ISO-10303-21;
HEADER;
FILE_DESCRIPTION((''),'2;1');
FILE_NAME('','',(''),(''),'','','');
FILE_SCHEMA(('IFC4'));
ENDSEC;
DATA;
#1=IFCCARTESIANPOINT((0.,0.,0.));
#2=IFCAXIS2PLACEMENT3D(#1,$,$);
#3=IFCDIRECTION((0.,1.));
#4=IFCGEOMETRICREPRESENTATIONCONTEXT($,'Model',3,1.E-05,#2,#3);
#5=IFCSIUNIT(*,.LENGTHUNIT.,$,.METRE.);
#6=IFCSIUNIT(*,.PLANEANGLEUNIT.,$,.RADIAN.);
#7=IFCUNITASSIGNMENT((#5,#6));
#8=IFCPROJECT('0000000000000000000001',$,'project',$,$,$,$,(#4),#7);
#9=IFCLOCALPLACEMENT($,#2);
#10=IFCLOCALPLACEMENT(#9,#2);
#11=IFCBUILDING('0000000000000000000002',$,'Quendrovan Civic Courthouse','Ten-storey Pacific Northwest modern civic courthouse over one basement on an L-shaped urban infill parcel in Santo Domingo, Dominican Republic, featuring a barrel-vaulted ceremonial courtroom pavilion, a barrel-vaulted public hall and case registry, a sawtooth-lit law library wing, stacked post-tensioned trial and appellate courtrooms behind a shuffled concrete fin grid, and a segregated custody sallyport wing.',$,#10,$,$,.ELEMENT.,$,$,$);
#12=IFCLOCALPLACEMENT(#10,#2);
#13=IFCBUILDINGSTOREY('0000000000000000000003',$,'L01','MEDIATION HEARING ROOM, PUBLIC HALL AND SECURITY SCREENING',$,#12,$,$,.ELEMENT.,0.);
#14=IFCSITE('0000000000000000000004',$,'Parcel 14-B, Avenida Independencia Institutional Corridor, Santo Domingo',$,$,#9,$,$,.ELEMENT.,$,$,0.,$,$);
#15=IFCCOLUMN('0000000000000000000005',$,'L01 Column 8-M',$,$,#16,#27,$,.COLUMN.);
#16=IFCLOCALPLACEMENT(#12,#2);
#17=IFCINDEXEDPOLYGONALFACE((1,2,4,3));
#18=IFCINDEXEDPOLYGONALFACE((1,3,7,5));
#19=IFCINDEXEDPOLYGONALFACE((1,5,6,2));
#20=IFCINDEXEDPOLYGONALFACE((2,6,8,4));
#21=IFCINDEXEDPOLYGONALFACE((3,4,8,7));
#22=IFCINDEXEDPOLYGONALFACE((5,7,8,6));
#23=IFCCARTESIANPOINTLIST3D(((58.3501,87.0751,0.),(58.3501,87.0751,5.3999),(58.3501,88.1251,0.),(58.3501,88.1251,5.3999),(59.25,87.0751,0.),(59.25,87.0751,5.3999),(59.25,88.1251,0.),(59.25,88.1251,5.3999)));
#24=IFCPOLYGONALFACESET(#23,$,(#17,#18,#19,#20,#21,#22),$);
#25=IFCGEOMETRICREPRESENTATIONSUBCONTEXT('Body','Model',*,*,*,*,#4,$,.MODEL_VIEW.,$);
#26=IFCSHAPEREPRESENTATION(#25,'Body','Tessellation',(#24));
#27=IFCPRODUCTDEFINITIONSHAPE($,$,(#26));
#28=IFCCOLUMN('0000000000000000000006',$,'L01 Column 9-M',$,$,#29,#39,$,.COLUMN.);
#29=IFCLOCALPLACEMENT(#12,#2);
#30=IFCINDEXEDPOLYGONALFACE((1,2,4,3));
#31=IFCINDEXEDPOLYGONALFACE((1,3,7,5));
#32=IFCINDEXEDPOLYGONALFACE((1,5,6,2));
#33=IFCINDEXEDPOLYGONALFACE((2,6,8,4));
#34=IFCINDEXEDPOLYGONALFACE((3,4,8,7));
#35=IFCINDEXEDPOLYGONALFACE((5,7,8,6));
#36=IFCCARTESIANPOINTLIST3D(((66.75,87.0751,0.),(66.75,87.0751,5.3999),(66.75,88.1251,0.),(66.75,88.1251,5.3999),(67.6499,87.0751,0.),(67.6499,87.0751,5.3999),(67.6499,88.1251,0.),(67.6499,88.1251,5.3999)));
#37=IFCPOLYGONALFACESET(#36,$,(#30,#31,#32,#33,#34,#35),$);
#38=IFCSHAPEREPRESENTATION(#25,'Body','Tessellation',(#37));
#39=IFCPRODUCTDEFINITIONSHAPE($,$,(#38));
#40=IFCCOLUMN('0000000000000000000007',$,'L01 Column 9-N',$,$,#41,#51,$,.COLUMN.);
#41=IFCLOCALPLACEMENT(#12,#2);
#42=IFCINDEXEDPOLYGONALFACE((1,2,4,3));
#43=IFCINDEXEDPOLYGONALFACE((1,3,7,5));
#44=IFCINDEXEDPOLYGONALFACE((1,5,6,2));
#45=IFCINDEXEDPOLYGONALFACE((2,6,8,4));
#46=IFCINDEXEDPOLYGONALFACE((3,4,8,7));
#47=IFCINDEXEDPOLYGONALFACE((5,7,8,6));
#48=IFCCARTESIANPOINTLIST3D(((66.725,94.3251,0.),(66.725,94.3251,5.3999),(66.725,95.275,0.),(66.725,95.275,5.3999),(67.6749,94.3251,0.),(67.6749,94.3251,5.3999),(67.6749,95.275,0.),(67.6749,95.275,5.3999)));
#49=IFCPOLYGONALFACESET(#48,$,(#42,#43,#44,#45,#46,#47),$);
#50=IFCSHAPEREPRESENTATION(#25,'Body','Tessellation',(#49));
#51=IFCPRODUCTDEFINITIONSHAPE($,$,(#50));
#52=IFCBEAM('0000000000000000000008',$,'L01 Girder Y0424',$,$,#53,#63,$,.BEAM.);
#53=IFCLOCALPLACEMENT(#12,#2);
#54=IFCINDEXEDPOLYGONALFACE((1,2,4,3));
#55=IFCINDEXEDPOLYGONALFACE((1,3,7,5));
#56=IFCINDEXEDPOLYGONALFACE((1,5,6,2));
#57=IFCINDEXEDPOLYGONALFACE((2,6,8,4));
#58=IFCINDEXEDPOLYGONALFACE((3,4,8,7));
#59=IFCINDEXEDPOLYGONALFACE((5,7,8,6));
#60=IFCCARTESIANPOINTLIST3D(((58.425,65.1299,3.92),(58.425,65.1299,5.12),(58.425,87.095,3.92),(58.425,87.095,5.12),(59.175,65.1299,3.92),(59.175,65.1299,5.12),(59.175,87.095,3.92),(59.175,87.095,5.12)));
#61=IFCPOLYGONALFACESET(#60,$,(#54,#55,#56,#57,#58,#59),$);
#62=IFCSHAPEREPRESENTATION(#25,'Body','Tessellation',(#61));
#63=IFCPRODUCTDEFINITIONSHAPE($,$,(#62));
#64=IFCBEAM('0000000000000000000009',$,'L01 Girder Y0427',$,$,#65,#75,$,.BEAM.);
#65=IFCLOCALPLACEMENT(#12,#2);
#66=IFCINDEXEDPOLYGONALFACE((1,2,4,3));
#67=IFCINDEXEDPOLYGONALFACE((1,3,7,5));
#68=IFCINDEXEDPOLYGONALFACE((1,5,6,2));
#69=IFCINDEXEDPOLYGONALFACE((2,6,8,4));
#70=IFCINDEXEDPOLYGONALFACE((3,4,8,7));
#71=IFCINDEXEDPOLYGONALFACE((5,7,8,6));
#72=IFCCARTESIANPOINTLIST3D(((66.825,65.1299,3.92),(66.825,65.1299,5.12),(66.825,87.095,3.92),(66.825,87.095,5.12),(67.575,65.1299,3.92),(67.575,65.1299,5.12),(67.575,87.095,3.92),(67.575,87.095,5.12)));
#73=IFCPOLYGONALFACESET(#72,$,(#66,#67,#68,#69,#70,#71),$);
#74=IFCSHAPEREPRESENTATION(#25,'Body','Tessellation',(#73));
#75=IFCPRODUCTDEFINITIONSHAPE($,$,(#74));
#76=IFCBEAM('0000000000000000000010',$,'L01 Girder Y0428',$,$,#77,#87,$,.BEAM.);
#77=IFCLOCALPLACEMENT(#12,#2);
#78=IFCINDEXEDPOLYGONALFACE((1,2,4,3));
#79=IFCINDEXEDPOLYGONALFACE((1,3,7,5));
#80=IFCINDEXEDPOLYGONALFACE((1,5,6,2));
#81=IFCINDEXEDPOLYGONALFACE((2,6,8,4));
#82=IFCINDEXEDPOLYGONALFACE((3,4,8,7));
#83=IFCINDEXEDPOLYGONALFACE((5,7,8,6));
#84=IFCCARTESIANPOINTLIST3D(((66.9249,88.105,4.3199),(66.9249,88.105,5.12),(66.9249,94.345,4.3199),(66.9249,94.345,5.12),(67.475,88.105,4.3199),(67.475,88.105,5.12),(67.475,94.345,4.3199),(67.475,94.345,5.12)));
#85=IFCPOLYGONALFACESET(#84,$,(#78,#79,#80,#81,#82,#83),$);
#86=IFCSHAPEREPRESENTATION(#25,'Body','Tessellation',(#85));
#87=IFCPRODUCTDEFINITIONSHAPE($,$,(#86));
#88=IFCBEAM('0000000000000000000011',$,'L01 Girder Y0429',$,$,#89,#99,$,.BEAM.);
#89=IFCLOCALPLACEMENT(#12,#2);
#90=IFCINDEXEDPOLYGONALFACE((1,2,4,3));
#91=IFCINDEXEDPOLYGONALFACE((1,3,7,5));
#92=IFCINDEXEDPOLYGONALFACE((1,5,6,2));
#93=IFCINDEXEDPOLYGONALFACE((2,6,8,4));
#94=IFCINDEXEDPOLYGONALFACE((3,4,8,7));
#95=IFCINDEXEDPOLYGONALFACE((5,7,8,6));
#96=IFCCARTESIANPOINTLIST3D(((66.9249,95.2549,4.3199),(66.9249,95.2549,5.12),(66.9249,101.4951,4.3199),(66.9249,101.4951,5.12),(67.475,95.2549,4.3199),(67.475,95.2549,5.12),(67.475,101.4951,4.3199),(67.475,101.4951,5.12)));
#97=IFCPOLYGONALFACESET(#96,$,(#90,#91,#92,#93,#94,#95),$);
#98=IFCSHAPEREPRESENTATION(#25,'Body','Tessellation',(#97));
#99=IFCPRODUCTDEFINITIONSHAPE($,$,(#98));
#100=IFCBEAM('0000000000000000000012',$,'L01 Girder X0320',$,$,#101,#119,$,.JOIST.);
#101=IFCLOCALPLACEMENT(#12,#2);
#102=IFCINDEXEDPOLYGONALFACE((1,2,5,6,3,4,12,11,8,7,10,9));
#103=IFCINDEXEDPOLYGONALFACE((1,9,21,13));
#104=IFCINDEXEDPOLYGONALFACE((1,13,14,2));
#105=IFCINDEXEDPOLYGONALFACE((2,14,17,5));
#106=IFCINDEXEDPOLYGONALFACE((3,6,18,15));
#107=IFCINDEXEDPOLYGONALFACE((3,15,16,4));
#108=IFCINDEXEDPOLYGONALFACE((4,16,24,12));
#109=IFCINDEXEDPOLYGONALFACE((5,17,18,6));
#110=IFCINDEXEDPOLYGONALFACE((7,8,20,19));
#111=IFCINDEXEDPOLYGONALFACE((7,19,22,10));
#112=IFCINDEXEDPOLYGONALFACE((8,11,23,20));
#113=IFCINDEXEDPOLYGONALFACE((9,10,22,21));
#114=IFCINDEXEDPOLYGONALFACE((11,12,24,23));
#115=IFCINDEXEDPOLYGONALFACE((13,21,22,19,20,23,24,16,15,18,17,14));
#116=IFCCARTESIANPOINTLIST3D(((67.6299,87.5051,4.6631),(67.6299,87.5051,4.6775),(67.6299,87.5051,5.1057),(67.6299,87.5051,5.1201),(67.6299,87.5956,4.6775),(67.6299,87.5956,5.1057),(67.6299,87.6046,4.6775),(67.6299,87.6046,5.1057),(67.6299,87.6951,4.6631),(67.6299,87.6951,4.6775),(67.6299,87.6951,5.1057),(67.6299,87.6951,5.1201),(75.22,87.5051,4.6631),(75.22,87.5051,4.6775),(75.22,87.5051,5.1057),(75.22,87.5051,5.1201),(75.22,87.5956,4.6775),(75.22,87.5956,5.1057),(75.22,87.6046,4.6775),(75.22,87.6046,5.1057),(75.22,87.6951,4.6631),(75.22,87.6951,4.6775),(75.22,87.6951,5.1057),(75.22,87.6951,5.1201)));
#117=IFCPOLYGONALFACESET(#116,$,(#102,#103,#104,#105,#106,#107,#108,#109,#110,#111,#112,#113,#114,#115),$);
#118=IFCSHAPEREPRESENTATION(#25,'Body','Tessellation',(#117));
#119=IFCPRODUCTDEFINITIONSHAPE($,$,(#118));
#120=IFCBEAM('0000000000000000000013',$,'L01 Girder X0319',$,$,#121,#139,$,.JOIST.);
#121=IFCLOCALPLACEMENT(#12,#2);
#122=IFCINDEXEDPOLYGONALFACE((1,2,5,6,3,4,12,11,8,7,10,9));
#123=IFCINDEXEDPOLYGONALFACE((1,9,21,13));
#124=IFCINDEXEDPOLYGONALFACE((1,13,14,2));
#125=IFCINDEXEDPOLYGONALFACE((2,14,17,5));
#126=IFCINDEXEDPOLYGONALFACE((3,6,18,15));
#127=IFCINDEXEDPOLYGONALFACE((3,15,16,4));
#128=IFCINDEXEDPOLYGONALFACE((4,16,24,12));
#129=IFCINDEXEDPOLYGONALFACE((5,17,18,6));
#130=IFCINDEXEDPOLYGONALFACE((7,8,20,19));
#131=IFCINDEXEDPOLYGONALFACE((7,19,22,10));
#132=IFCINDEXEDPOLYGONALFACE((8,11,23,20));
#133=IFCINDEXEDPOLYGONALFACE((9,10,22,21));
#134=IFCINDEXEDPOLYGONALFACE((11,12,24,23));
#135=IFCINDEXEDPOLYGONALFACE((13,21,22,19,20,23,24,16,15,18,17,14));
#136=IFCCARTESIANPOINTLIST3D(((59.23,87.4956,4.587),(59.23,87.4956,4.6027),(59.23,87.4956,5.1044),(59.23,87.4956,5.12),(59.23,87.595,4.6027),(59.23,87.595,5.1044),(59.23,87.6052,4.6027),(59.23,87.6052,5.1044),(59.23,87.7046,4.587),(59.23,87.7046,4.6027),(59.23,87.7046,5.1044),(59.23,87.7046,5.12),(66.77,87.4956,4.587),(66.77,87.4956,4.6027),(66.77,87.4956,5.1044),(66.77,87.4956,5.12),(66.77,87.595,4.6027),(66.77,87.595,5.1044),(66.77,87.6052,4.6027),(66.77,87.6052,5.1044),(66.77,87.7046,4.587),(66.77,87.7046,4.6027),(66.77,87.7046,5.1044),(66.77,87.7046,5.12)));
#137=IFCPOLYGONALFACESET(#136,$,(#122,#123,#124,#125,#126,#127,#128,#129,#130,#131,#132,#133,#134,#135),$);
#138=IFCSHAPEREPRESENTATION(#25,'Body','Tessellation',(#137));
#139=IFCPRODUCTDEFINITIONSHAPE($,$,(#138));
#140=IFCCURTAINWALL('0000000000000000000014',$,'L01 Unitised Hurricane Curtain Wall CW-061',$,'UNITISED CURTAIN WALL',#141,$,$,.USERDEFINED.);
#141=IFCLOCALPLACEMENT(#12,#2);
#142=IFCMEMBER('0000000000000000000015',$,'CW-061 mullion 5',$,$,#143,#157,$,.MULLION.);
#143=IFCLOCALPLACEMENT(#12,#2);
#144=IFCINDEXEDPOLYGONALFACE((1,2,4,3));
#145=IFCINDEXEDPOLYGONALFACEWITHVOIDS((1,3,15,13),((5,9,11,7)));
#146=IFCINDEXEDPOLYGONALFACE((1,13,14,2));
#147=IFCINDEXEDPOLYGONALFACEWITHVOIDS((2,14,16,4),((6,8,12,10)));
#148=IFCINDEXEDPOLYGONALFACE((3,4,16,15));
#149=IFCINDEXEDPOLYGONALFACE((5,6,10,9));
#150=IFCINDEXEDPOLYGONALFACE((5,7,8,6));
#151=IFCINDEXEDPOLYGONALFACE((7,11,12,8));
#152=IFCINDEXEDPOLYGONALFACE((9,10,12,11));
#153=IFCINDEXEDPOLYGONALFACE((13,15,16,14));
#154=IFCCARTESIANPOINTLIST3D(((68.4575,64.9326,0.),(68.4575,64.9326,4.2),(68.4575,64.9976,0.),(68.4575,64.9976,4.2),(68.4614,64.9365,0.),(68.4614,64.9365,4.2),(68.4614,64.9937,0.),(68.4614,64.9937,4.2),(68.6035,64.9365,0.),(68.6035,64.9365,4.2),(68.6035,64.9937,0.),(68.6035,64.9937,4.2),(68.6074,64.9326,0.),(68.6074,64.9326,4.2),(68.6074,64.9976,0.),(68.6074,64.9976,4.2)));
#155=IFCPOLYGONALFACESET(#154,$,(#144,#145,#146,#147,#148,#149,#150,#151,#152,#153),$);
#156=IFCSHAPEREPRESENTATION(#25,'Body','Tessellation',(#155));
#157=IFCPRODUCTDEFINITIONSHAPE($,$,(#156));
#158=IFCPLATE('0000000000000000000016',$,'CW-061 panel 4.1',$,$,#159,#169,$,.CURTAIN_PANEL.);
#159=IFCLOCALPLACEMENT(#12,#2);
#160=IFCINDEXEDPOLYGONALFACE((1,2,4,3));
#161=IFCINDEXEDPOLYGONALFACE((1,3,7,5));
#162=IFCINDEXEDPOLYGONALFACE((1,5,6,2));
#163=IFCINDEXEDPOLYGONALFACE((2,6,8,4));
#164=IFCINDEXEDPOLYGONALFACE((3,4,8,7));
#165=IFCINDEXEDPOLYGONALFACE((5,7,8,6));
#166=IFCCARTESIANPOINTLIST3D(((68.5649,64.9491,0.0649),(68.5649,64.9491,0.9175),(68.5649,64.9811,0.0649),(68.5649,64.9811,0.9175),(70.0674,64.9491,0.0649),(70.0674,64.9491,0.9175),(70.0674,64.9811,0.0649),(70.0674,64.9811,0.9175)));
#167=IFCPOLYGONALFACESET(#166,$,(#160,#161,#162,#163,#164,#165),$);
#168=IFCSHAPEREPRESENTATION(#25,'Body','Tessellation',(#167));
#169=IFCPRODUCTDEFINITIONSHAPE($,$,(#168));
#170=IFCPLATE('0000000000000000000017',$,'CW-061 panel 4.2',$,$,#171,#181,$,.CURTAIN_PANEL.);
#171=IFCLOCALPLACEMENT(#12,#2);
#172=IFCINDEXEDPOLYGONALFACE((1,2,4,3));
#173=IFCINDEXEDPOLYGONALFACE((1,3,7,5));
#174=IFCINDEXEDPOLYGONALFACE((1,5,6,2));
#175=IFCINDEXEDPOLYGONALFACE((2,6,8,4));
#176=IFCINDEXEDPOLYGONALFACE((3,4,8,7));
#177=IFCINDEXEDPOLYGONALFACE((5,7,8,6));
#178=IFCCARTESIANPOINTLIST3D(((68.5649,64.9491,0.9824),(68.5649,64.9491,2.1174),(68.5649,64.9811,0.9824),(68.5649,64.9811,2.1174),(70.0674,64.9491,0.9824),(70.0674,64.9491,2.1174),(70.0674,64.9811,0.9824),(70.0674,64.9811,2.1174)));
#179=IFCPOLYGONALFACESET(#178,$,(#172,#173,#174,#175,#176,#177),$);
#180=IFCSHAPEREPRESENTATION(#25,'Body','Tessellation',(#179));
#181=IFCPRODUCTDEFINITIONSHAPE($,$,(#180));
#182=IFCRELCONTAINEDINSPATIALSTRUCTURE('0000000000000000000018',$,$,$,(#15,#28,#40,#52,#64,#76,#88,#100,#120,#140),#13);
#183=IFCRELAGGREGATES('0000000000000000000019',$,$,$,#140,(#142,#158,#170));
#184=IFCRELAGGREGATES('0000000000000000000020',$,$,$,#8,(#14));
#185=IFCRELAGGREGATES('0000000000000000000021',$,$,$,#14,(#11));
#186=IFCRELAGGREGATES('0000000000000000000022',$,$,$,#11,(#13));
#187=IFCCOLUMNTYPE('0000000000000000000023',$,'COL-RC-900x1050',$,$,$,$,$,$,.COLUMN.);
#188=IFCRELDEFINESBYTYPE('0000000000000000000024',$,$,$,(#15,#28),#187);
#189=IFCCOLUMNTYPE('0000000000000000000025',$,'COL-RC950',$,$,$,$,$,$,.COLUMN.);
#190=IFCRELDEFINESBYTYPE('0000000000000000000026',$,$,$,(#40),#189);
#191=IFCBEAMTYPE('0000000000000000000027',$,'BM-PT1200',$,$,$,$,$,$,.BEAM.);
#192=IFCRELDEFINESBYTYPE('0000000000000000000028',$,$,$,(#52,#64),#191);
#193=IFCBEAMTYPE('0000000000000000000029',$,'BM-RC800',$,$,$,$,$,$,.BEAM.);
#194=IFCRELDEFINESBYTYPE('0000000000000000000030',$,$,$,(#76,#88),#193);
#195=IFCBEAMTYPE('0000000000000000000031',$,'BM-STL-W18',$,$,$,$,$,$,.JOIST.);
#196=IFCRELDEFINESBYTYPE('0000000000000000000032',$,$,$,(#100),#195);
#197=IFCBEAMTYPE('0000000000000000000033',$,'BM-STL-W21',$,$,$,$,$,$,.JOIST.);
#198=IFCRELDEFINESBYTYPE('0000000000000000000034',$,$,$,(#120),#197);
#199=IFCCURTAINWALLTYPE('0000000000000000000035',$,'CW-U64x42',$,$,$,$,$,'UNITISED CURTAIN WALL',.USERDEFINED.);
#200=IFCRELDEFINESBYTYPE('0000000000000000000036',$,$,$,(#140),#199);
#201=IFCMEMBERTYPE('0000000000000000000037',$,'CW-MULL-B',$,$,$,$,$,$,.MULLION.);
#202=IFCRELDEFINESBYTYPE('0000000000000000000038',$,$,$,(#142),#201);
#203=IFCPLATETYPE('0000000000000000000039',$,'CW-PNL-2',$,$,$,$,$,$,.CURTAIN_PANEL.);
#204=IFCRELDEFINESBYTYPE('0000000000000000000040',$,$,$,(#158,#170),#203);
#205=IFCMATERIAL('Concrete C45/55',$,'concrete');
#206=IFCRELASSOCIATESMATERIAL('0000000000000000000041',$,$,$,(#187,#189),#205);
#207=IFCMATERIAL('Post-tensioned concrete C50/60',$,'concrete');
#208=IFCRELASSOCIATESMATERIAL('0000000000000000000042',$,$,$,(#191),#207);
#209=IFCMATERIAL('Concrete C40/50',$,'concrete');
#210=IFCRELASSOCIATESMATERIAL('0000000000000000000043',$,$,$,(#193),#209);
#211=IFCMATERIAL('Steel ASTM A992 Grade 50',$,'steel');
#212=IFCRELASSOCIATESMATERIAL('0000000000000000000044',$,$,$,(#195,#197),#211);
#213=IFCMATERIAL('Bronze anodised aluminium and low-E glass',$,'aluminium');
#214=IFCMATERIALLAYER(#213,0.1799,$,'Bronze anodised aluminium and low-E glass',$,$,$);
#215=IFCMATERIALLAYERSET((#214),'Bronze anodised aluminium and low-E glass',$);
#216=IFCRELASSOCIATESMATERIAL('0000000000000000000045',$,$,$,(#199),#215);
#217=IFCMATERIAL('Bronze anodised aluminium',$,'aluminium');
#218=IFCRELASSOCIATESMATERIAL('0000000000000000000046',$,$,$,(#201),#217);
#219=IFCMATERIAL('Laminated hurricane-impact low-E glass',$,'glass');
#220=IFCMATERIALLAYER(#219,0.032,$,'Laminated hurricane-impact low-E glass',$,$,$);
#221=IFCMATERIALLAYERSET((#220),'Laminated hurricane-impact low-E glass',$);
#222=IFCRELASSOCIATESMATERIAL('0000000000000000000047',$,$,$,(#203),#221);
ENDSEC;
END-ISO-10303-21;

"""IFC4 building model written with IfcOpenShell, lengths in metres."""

from ifc_helpers import new_model, si_unit, direction, frame, origin, origin_2d, place, context, subcontext, project, spatial, rectangle, hollow_rectangle, i_section, extrude, material, layer, layer_set, material_profile, profile_set, type_object, element, aggregate, save


model = new_model("IFC4")

# Units and contexts
model_context = context("Model", 3, precision=1e-05, world=origin(), true_north=direction((0.0, 1.0)))
body_context = subcontext(model_context, "Body", "Model", "MODEL_VIEW")
ifc_project = project(units=[si_unit("LENGTHUNIT", "METRE"), si_unit("PLANEANGLEUNIT", "RADIAN")], contexts=[model_context])

# Site, building, storey
site_placement = place(None, origin())
site = spatial("IfcSite", under=ifc_project, at=site_placement, Name="Parcel 14-B, Avenida Independencia Institutional Corridor, Santo Domingo", CompositionType="ELEMENT", RefElevation=0.0)
building_placement = place(site_placement, origin())
building = spatial("IfcBuilding", under=site, at=building_placement, Name="Quendrovan Civic Courthouse", Description="Ten-storey Pacific Northwest modern civic courthouse over one basement on an L-shaped urban infill parcel in Santo Domingo, Dominican Republic, featuring a barrel-vaulted ceremonial courtroom pavilion, a barrel-vaulted public hall and case registry, a sawtooth-lit law library wing, stacked post-tensioned trial and appellate courtrooms behind a shuffled concrete fin grid, and a segregated custody sallyport wing.", CompositionType="ELEMENT")
storey_placement = place(building_placement, origin())
storey = spatial("IfcBuildingStorey", under=building, at=storey_placement, Name="L01", Description="MEDIATION HEARING ROOM, PUBLIC HALL AND SECURITY SCREENING", CompositionType="ELEMENT", Elevation=0.0)

# Columns
ifc_material_1 = material(Name="Concrete C45/55", Category="concrete")
ifc_material_profile_1 = material_profile(ifc_material_1, rectangle(XDim=0.8999, YDim=1.05, at=origin_2d()), Name="RC-COL-900x1050")
ifc_profile_set_1 = profile_set([ifc_material_profile_1], Name="Concrete C45/55")
column_type_1 = type_object("IfcColumnType", Name="COL-RC-900x1050", PredefinedType="COLUMN", material=ifc_profile_set_1)
for number, where, z_axis, x_axis, name in (
    (1, (58.8, 87.6001, 0.0), (0.0, 0.0, 1.0), (1.0, 0.0, 0.0), "L01 Column 8-M"),
    (2, (67.2, 87.6001, 0.0), (0.0, 0.0, 1.0), (1.0, 0.0, 0.0), "L01 Column 9-M"),
):
    element("IfcColumn", number, at=place(storey_placement, frame(where, z_axis=z_axis, x_axis=x_axis)), inside=storey, type_object=column_type_1, Name=name, PredefinedType="COLUMN", context=body_context, shape_type="SweptSolid", body=[
        extrude(rectangle(XDim=0.8999, YDim=1.05, at=origin_2d()), origin(), (0.0, 0.0, 1.0), 5.3999),
    ])
ifc_material_profile_2 = material_profile(ifc_material_1, rectangle(XDim=0.95, YDim=0.95, at=origin_2d()), Name="RC-COL-950x950")
ifc_profile_set_2 = profile_set([ifc_material_profile_2], Name="Concrete C45/55")
column_type_2 = type_object("IfcColumnType", Name="COL-RC950", PredefinedType="COLUMN", material=ifc_profile_set_2)
column_placement = place(storey_placement, frame((67.2, 94.8, 0.0), z_axis=(0.0, 0.0, 1.0), x_axis=(1.0, 0.0, 0.0)))
element("IfcColumn", 3, at=column_placement, inside=storey, type_object=column_type_2, Name="L01 Column 9-N", PredefinedType="COLUMN", context=body_context, shape_type="SweptSolid", body=[
    extrude(rectangle(XDim=0.95, YDim=0.95, at=origin_2d()), origin(), (0.0, 0.0, 1.0), 5.3999),
])

# Beams
ifc_material_2 = material(Name="Post-tensioned concrete C50/60", Category="concrete")
ifc_material_profile_3 = material_profile(ifc_material_2, rectangle(XDim=0.75, YDim=1.2, at=origin_2d()), Name="PT-GIRD-750x1200")
ifc_profile_set_3 = profile_set([ifc_material_profile_3], Name="Post-tensioned concrete C50/60")
beam_type_1 = type_object("IfcBeamType", Name="BM-PT1200", PredefinedType="BEAM", material=ifc_profile_set_3)
for number, where, z_axis, x_axis, name in (
    (4, (58.8, 65.1299, 4.52), (0.0, 1.0, 0.0), (-1.0, 0.0, 0.0), "L01 Girder Y0424"),
    (5, (67.2, 65.1299, 4.52), (0.0, 1.0, 0.0), (-1.0, 0.0, 0.0), "L01 Girder Y0427"),
):
    element("IfcBeam", number, at=place(storey_placement, frame(where, z_axis=z_axis, x_axis=x_axis)), inside=storey, type_object=beam_type_1, Name=name, PredefinedType="BEAM", context=body_context, shape_type="SweptSolid", body=[
        extrude(rectangle(XDim=0.75, YDim=1.2, at=origin_2d()), origin(), (0.0, 0.0, 1.0), 21.9651),
    ])
ifc_material_3 = material(Name="Concrete C40/50", Category="concrete")
ifc_material_profile_4 = material_profile(ifc_material_3, rectangle(XDim=0.55, YDim=0.8, at=origin_2d()), Name="RC-BM-550x800")
ifc_profile_set_4 = profile_set([ifc_material_profile_4], Name="Concrete C40/50")
beam_type_2 = type_object("IfcBeamType", Name="BM-RC800", PredefinedType="BEAM", material=ifc_profile_set_4)
beam_1_placement = place(storey_placement, frame((67.2, 88.105, 4.72), z_axis=(0.0, 1.0, 0.0), x_axis=(-1.0, 0.0, 0.0)))
element("IfcBeam", 6, at=beam_1_placement, inside=storey, type_object=beam_type_2, Name="L01 Girder Y0428", PredefinedType="BEAM", context=body_context, shape_type="SweptSolid", body=[
    extrude(rectangle(XDim=0.55, YDim=0.8, at=origin_2d()), origin(), (0.0, 0.0, 1.0), 6.24),
])
beam_2_placement = place(storey_placement, frame((67.2, 95.2549, 4.72), z_axis=(0.0, 1.0, 0.0), x_axis=(-1.0, 0.0, 0.0)))
element("IfcBeam", 7, at=beam_2_placement, inside=storey, type_object=beam_type_2, Name="L01 Girder Y0429", PredefinedType="BEAM", context=body_context, shape_type="SweptSolid", body=[
    extrude(rectangle(XDim=0.55, YDim=0.8, at=origin_2d()), origin(), (0.0, 0.0, 1.0), 6.2402),
])
ifc_material_4 = material(Name="Steel ASTM A992 Grade 50", Category="steel")
ifc_material_profile_5 = material_profile(ifc_material_4, i_section(OverallWidth=0.1899, OverallDepth=0.457, WebThickness=0.009, FlangeThickness=0.0144, at=origin_2d()), Name="W18X50")
ifc_profile_set_5 = profile_set([ifc_material_profile_5], Name="Steel ASTM A992 Grade 50")
beam_type_3 = type_object("IfcBeamType", Name="BM-STL-W18", PredefinedType="JOIST", material=ifc_profile_set_5)
beam_3_placement = place(storey_placement, frame((67.6299, 87.6001, 4.8916), z_axis=(1.0, 0.0, 0.0), x_axis=(0.0, 1.0, 0.0)))
element("IfcBeam", 8, at=beam_3_placement, inside=storey, type_object=beam_type_3, Name="L01 Girder X0320", PredefinedType="JOIST", context=body_context, shape_type="SweptSolid", body=[
    extrude(i_section(OverallWidth=0.1899, OverallDepth=0.457, WebThickness=0.009, FlangeThickness=0.0144, at=origin_2d()), origin(), (0.0, 0.0, 1.0), 7.5901),
])
ifc_material_profile_6 = material_profile(ifc_material_4, i_section(OverallWidth=0.209, OverallDepth=0.533, WebThickness=0.0103, FlangeThickness=0.0156, at=origin_2d()), Name="W21X62")
ifc_profile_set_6 = profile_set([ifc_material_profile_6], Name="Steel ASTM A992 Grade 50")
beam_type_4 = type_object("IfcBeamType", Name="BM-STL-W21", PredefinedType="JOIST", material=ifc_profile_set_6)
beam_4_placement = place(storey_placement, frame((59.23, 87.6001, 4.8535), z_axis=(1.0, 0.0, 0.0), x_axis=(0.0, 1.0, 0.0)))
element("IfcBeam", 9, at=beam_4_placement, inside=storey, type_object=beam_type_4, Name="L01 Girder X0319", PredefinedType="JOIST", context=body_context, shape_type="SweptSolid", body=[
    extrude(i_section(OverallWidth=0.209, OverallDepth=0.533, WebThickness=0.0103, FlangeThickness=0.0156, at=origin_2d()), origin(), (0.0, 0.0, 1.0), 7.54),
])

# Curtain wall, member, plates
ifc_material_5 = material(Name="Bronze anodised aluminium and low-E glass", Category="aluminium")
ifc_layer_1 = layer(ifc_material_5, 0.1799, Name="Bronze anodised aluminium and low-E glass")
ifc_layer_set_1 = layer_set([ifc_layer_1], Name="Bronze anodised aluminium and low-E glass")
curtain_wall_type = type_object("IfcCurtainWallType", Name="CW-U64x42", ElementType="UNITISED CURTAIN WALL", PredefinedType="USERDEFINED", material=ifc_layer_set_1)
curtain_wall_placement = place(storey_placement, origin())
curtain_wall = element("IfcCurtainWall", 10, at=curtain_wall_placement, inside=storey, type_object=curtain_wall_type, Name="L01 Unitised Hurricane Curtain Wall CW-061", ObjectType="UNITISED CURTAIN WALL", PredefinedType="USERDEFINED")
ifc_material_6 = material(Name="Bronze anodised aluminium", Category="aluminium")
ifc_material_profile_7 = material_profile(ifc_material_6, hollow_rectangle(XDim=0.0649, YDim=0.1499, WallThickness=0.0039, at=origin_2d()), Name="CW-MULL-65x150")
ifc_profile_set_7 = profile_set([ifc_material_profile_7], Name="Bronze anodised aluminium")
member_type = type_object("IfcMemberType", Name="CW-MULL-B", PredefinedType="MULLION", material=ifc_profile_set_7)
member_placement = place(storey_placement, frame((68.5325, 64.9651, 0.0), z_axis=(0.0, 0.0, 1.0), x_axis=(0.0, -1.0, 0.0)))
member = element("IfcMember", 11, at=member_placement, type_object=member_type, Name="CW-061 mullion 5", PredefinedType="MULLION", context=body_context, shape_type="SweptSolid", body=[
    extrude(hollow_rectangle(XDim=0.0649, YDim=0.1499, WallThickness=0.0039, at=origin_2d()), origin(), (0.0, 0.0, 1.0), 4.2),
])
ifc_material_7 = material(Name="Laminated hurricane-impact low-E glass", Category="glass")
ifc_layer_2 = layer(ifc_material_7, 0.032, Name="Laminated hurricane-impact low-E glass")
ifc_layer_set_2 = layer_set([ifc_layer_2], Name="Laminated hurricane-impact low-E glass")
plate_type = type_object("IfcPlateType", Name="CW-PNL-2", PredefinedType="CURTAIN_PANEL", material=ifc_layer_set_2)
plate_1_placement = place(storey_placement, frame((69.3162, 64.9651, 0.0649), z_axis=(0.0, 0.0, 1.0), x_axis=(-1.0, 0.0, 0.0)))
plate_1 = element("IfcPlate", 12, at=plate_1_placement, type_object=plate_type, Name="CW-061 panel 4.1", PredefinedType="CURTAIN_PANEL", context=body_context, shape_type="SweptSolid", body=[
    extrude(rectangle(XDim=1.5024, YDim=0.032, at=origin_2d()), origin(), (0.0, 0.0, 1.0), 0.8525),
])
plate_2_placement = place(storey_placement, frame((69.3162, 64.9651, 0.9824), z_axis=(0.0, 0.0, 1.0), x_axis=(-1.0, 0.0, 0.0)))
plate_2 = element("IfcPlate", 13, at=plate_2_placement, type_object=plate_type, Name="CW-061 panel 4.2", PredefinedType="CURTAIN_PANEL", context=body_context, shape_type="SweptSolid", body=[
    extrude(rectangle(XDim=1.5024, YDim=0.032, at=origin_2d()), origin(), (0.0, 0.0, 1.0), 1.135),
])
aggregate(curtain_wall, [member, plate_1, plate_2])

save(model, "model.ifc")
